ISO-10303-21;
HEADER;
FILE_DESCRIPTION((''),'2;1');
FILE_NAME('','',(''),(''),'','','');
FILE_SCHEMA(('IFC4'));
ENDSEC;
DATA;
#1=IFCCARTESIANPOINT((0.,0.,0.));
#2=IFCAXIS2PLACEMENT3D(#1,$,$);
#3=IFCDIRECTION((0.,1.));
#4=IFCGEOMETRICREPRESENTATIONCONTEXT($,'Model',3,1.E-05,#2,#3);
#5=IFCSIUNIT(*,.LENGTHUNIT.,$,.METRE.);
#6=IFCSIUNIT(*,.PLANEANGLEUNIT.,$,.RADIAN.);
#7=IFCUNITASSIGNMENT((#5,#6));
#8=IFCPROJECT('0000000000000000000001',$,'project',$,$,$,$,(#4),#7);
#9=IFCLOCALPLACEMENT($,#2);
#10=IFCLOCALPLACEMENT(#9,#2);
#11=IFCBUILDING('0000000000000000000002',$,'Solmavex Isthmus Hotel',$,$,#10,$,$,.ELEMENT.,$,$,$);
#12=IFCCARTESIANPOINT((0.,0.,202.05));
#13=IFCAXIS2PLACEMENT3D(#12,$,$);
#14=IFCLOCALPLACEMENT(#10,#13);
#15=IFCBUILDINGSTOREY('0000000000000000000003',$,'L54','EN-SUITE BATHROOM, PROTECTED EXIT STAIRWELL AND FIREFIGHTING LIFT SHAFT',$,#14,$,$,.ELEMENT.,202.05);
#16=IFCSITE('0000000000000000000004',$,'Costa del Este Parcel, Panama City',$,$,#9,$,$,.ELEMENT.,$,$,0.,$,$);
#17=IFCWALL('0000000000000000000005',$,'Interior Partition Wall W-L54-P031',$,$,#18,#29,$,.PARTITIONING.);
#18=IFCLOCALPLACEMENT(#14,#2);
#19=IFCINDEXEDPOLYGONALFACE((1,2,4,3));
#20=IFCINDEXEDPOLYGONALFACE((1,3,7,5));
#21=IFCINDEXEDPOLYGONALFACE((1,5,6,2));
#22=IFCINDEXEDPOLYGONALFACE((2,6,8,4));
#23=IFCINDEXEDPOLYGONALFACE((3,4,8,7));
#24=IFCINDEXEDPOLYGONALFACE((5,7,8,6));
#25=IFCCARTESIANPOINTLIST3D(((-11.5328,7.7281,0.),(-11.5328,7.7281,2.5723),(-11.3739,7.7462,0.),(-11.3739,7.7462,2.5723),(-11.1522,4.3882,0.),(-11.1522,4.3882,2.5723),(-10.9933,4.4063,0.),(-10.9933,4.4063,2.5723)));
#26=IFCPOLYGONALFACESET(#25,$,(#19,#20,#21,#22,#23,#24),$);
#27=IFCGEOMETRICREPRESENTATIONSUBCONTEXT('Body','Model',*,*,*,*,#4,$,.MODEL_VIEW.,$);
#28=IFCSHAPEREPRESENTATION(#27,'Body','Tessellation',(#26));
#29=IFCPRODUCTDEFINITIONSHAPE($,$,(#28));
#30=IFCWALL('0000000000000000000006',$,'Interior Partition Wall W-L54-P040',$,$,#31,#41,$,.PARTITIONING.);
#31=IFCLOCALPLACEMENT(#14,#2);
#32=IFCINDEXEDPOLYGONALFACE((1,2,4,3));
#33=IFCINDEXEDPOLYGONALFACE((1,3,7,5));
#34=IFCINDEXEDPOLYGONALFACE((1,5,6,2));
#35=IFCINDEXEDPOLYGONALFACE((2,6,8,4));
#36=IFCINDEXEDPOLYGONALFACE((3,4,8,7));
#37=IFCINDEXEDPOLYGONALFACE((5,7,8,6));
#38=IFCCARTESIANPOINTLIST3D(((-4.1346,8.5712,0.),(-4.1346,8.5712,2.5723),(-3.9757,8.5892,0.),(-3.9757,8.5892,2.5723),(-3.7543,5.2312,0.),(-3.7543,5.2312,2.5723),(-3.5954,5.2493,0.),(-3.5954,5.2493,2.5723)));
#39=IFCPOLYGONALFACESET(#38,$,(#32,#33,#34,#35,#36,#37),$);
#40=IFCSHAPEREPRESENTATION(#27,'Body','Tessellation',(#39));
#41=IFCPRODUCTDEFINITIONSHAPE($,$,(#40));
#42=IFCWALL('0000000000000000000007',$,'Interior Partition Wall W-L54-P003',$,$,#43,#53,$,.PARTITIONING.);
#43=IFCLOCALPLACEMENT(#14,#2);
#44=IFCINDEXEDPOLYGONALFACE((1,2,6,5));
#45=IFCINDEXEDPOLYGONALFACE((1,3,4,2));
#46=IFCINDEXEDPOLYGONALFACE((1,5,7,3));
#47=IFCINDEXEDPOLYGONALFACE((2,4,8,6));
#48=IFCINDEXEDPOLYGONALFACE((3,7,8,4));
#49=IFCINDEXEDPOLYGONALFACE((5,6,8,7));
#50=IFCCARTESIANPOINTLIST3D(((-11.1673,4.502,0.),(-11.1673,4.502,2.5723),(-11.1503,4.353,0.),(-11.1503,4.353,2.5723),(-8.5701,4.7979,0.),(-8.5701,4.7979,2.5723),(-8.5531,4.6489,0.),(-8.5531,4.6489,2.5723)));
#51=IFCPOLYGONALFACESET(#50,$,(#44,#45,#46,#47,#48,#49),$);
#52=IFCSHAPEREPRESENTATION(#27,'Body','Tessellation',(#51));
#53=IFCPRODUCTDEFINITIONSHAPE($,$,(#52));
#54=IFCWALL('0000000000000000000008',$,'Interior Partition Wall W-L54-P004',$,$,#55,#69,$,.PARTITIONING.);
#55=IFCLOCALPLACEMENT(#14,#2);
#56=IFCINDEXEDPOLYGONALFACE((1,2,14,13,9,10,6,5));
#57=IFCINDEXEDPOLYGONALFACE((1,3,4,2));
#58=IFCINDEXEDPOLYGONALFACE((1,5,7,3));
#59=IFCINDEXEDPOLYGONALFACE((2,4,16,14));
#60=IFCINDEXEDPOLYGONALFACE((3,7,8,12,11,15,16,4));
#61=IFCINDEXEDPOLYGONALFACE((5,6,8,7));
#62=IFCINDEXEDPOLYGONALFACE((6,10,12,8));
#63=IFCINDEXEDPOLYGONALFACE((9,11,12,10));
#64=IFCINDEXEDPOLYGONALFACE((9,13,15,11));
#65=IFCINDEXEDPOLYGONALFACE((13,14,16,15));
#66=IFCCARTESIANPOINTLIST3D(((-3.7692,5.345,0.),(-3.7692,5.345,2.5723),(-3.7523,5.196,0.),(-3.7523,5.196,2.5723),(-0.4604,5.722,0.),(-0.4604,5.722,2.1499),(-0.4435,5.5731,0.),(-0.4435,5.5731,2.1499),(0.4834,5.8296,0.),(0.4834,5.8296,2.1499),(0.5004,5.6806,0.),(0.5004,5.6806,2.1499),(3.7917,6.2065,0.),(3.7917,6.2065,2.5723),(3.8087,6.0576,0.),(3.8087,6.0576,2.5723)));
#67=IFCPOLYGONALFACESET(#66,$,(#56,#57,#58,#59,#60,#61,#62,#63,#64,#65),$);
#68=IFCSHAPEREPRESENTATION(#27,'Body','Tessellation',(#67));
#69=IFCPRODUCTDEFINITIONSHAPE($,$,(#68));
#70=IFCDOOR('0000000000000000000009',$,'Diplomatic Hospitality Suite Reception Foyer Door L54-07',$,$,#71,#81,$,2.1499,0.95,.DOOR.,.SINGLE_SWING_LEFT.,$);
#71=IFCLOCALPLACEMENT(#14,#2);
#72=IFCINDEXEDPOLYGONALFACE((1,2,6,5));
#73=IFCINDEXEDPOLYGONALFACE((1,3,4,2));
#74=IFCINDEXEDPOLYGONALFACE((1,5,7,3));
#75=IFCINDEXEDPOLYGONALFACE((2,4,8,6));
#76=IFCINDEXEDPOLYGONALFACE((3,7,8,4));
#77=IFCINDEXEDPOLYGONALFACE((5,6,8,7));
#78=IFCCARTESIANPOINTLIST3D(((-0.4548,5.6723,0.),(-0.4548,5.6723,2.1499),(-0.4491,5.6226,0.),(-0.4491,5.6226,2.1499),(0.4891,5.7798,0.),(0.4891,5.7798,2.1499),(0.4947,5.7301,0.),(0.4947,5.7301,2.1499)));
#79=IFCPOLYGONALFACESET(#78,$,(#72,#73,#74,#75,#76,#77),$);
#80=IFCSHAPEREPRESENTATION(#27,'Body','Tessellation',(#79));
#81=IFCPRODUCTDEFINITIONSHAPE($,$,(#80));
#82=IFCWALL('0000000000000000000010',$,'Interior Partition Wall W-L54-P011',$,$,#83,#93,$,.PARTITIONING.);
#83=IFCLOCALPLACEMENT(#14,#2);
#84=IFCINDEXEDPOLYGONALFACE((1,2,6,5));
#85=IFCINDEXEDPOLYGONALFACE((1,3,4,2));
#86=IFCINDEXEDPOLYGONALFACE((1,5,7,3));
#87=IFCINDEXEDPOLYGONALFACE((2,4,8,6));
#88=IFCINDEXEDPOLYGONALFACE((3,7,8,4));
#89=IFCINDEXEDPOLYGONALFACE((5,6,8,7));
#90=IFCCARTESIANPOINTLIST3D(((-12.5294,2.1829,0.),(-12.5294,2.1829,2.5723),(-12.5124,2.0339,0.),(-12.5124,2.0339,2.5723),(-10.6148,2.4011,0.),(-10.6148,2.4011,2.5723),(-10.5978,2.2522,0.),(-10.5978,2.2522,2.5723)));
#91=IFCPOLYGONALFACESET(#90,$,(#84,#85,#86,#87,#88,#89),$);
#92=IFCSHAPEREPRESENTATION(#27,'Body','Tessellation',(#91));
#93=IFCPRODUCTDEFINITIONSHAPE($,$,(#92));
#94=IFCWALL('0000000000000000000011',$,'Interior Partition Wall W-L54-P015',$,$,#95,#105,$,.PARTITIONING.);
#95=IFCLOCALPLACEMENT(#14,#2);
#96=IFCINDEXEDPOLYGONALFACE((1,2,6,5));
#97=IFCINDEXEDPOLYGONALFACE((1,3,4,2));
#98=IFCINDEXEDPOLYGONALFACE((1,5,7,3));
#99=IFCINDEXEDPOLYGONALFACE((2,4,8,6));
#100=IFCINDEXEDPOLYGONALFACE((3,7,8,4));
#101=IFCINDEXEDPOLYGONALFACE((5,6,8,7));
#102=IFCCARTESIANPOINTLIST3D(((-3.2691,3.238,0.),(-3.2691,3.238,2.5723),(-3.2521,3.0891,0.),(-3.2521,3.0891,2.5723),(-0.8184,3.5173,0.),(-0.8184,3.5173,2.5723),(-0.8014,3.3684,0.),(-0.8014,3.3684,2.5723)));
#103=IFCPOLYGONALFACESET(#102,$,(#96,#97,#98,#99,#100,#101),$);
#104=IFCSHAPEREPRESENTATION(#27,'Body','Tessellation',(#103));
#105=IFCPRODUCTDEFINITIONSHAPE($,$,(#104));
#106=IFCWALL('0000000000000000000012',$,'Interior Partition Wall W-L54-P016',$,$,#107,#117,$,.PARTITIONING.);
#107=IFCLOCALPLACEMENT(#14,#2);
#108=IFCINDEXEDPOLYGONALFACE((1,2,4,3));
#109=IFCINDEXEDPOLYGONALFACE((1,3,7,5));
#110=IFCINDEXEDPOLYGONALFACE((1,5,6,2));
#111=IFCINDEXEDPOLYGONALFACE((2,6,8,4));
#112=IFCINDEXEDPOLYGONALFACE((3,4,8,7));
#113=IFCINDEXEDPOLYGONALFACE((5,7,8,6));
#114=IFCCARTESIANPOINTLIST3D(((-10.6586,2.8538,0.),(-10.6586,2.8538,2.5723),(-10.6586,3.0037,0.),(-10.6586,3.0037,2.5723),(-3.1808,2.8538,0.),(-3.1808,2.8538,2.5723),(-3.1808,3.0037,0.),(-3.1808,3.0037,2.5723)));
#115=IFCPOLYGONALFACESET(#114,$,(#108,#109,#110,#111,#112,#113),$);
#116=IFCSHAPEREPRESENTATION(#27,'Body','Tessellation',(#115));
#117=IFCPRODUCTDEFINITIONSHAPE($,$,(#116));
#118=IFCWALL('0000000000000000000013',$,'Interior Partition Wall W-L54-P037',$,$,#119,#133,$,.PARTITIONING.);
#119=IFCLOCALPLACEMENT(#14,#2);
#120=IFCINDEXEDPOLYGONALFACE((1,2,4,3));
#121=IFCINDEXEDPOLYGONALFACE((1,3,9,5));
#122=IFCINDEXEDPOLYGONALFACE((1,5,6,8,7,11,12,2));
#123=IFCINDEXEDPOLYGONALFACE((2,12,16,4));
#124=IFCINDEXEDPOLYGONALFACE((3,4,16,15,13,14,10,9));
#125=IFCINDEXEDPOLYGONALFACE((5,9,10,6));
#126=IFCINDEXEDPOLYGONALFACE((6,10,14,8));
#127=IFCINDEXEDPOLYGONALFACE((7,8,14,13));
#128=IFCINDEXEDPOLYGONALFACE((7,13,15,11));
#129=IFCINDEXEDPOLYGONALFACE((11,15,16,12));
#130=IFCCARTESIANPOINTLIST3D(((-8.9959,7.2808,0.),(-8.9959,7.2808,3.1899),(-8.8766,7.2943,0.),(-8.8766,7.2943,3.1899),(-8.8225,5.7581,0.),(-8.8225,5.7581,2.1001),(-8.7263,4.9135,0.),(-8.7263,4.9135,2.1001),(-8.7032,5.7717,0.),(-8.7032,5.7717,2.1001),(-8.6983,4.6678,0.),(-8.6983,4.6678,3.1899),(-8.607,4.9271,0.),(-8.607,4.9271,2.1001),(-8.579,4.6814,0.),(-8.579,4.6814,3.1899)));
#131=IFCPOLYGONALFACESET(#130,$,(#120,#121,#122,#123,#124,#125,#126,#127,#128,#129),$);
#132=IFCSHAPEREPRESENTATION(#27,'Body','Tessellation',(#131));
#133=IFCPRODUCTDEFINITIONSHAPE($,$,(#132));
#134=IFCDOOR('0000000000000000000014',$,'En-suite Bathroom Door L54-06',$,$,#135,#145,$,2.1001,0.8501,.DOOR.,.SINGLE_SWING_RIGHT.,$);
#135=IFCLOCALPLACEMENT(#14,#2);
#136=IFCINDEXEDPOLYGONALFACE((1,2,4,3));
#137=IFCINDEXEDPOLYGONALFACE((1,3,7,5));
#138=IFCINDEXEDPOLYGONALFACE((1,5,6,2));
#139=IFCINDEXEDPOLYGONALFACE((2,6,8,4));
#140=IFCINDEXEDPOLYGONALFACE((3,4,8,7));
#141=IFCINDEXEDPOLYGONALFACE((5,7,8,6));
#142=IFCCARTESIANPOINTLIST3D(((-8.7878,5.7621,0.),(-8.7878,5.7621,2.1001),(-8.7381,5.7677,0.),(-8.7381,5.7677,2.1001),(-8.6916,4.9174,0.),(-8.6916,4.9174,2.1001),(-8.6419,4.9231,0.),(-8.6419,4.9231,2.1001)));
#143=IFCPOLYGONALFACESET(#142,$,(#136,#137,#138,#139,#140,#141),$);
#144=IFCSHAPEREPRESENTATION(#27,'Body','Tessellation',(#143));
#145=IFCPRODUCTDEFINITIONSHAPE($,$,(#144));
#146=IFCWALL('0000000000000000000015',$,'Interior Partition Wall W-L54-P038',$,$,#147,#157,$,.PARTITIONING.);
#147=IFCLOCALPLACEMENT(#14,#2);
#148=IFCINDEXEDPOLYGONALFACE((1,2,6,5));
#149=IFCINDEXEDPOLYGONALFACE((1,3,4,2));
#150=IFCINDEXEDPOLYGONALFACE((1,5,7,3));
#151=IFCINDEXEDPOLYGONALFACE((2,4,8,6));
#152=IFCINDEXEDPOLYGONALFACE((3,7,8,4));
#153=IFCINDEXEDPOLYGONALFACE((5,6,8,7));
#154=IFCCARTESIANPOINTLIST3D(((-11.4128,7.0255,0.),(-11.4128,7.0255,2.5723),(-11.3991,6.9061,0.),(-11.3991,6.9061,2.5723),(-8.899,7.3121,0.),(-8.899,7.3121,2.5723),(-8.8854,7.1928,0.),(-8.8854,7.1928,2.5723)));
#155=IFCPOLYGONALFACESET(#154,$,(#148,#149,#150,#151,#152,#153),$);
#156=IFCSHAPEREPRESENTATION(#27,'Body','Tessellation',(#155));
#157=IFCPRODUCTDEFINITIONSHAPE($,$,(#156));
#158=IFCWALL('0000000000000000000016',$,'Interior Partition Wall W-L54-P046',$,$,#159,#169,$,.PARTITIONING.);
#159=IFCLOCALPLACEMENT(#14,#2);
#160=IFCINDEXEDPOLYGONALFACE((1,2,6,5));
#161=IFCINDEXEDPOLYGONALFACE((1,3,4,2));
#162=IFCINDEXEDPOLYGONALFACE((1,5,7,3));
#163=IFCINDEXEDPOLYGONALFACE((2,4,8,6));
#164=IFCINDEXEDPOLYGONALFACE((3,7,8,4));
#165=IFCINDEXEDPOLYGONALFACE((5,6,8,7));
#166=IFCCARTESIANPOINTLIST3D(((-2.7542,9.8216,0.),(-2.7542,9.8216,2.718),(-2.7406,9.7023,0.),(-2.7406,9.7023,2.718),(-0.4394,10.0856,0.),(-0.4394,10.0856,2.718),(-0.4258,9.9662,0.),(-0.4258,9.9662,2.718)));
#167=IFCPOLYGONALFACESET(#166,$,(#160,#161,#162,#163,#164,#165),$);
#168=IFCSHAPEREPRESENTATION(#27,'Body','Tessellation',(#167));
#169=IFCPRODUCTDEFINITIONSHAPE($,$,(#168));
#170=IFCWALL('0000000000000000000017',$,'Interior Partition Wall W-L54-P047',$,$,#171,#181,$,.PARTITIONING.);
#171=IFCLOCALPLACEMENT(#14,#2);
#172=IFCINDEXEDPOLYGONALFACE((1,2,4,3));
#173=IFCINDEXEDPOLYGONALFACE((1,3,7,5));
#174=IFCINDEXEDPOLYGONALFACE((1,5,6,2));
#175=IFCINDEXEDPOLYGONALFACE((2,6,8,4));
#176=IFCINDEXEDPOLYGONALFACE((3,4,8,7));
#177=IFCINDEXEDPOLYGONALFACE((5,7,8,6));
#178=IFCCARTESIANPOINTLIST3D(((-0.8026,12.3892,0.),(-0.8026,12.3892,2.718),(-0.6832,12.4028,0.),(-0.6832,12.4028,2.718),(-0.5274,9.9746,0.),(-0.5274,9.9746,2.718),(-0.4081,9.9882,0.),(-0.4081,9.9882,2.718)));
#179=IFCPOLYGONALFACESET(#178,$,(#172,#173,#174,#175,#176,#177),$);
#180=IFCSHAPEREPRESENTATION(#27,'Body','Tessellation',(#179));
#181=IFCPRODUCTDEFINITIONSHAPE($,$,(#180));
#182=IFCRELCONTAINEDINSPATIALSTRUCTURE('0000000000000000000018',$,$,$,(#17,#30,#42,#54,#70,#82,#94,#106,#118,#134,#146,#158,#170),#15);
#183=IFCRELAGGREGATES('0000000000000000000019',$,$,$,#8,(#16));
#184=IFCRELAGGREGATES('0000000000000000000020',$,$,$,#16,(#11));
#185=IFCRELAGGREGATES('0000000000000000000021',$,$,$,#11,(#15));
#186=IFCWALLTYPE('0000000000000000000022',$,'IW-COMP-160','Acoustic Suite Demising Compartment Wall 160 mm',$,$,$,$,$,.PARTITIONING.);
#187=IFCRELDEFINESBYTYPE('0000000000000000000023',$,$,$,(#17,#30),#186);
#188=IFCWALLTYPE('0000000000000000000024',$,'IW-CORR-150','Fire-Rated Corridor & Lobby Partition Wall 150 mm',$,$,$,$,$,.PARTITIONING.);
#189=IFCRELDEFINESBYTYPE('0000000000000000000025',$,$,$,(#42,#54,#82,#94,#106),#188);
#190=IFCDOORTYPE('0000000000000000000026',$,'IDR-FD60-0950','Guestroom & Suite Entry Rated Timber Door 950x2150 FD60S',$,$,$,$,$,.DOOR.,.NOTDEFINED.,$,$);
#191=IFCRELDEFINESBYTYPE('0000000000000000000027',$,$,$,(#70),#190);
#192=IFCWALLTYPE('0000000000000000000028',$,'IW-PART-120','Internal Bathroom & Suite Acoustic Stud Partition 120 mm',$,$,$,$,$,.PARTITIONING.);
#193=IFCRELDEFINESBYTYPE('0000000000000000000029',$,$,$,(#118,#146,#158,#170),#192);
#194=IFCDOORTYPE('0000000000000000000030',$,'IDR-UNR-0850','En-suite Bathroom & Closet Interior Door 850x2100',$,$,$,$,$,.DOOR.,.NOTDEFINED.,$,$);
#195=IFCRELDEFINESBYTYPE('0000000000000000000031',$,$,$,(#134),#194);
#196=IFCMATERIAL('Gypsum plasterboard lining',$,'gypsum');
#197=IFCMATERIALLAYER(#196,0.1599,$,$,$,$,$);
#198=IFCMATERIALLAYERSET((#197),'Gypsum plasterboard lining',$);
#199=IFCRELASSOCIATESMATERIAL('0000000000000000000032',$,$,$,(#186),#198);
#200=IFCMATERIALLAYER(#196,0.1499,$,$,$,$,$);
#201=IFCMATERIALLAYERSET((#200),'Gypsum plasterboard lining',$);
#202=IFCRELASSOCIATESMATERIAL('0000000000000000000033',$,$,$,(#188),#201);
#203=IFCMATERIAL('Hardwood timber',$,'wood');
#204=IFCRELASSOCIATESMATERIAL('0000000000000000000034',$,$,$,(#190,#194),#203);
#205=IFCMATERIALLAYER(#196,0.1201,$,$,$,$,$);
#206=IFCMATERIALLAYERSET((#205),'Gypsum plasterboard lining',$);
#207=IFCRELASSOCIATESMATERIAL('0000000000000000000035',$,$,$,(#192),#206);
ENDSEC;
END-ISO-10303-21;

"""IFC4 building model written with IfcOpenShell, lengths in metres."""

from ifc_helpers import new_model, si_unit, direction, frame, frame_2d, origin, place, context, subcontext, project, spatial, rectangle, extrude, material, layer, layer_set, type_object, element, fill, save


model = new_model("IFC4")

# Units and contexts
model_context = context("Model", 3, precision=1e-05, world=origin(), true_north=direction((0.0, 1.0)))
body_context = subcontext(model_context, "Body", "Model", "MODEL_VIEW")
ifc_project = project(units=[si_unit("LENGTHUNIT", "METRE"), si_unit("PLANEANGLEUNIT", "RADIAN")], contexts=[model_context])

# Site, building, storey
site_placement = place(None, origin())
site = spatial("IfcSite", under=ifc_project, at=site_placement, Name="Costa del Este Parcel, Panama City", CompositionType="ELEMENT", RefElevation=0.0)
building_placement = place(site_placement, origin())
building = spatial("IfcBuilding", under=site, at=building_placement, Name="Solmavex Isthmus Hotel", CompositionType="ELEMENT")
storey_placement = place(building_placement, frame((0.0, 0.0, 202.05)))
storey = spatial("IfcBuildingStorey", under=building, at=storey_placement, Name="L54", Description="EN-SUITE BATHROOM, PROTECTED EXIT STAIRWELL AND FIREFIGHTING LIFT SHAFT", CompositionType="ELEMENT", Elevation=202.05)

# Walls
ifc_material_1 = material(Name="Gypsum plasterboard lining", Category="gypsum")
ifc_layer_1 = layer(ifc_material_1, 0.1599)
ifc_layer_set_1 = layer_set([ifc_layer_1], Name="Gypsum plasterboard lining")
wall_type_1 = type_object("IfcWallType", Name="IW-COMP-160", Description="Acoustic Suite Demising Compartment Wall 160 mm", PredefinedType="PARTITIONING", material=ifc_layer_set_1)
for number, where, z_axis, x_axis, name in (
    (1, (-11.4534, 7.7371, 0.0), (0.0, 0.0, 1.0), (0.113229, -0.993569, 0.0), "Interior Partition Wall W-L54-P031"),
    (2, (-4.0552, 8.5801, 0.0), (0.0, 0.0, 1.0), (0.113149, -0.993578, 0.0), "Interior Partition Wall W-L54-P040"),
):
    element("IfcWall", number, at=place(storey_placement, frame(where, z_axis=z_axis, x_axis=x_axis)), inside=storey, type_object=wall_type_1, Name=name, PredefinedType="PARTITIONING", context=body_context, shape_type="SweptSolid", body=[
        extrude(rectangle(XDim=3.3616, YDim=0.1599, at=frame_2d((1.6807, 0.0))), origin(), (0.0, 0.0, 1.0), 2.5723),
    ])

# Shared definitions
ifc_layer_2 = layer(ifc_material_1, 0.1499)
ifc_layer_set_2 = layer_set([ifc_layer_2], Name="Gypsum plasterboard lining")
wall_type_2 = type_object("IfcWallType", Name="IW-CORR-150", Description="Fire-Rated Corridor & Lobby Partition Wall 150 mm", PredefinedType="PARTITIONING", material=ifc_layer_set_2)
ifc_material_2 = material(Name="Hardwood timber", Category="wood")
door_type_1 = type_object("IfcDoorType", Name="IDR-FD60-0950", Description="Guestroom & Suite Entry Rated Timber Door 950x2150 FD60S", OperationType="NOTDEFINED", PredefinedType="DOOR", material=ifc_material_2)

# Wall
wall_1_placement = place(storey_placement, frame((-11.1589, 4.4275, 0.0), z_axis=(0.0, 0.0, 1.0), x_axis=(0.993572, 0.113199, 0.0)))
element("IfcWall", 3, at=wall_1_placement, inside=storey, type_object=wall_type_2, Name="Interior Partition Wall W-L54-P003", PredefinedType="PARTITIONING", context=body_context, shape_type="SweptSolid", body=[
    extrude(rectangle(XDim=2.614, YDim=0.1499, at=frame_2d((1.3071, 0.0))), origin(), (0.0, 0.0, 1.0), 2.5723),
])

# Wall, opening, door
wall_2_placement = place(storey_placement, frame((-3.7607, 5.2705, 0.0), z_axis=(0.0, 0.0, 1.0), x_axis=(0.99357, 0.113216, 0.0)))
wall_2 = element("IfcWall", 4, at=wall_2_placement, inside=storey, type_object=wall_type_2, Name="Interior Partition Wall W-L54-P004", PredefinedType="PARTITIONING", context=body_context, shape_type="SweptSolid", body=[
    extrude(rectangle(XDim=7.6099, YDim=0.1499, at=frame_2d((3.8049, 0.0))), origin(), (0.0, 0.0, 1.0), 2.5723),
])
opening_1_placement = place(wall_2_placement, frame((3.3301, 0.0, 0.0)))
opening_1 = element("IfcOpeningElement", 5, at=opening_1_placement, cuts=wall_2, PredefinedType="OPENING", context=body_context, shape_type="SweptSolid", body=[
    extrude(rectangle(XDim=0.95, YDim=2.1499, at=frame_2d((0.4751, 1.075))), frame((0.0, 0.085, 0.0), z_axis=(0.0, -1.0, 0.0), x_axis=(1.0, 0.0, 0.0)), (0.0, 0.0, 1.0), 0.1699),
])
door_1_placement = place(opening_1_placement, origin())
door_1 = element("IfcDoor", 6, at=door_1_placement, inside=storey, type_object=door_type_1, Name="Diplomatic Hospitality Suite Reception Foyer Door L54-07", OperationType="SINGLE_SWING_LEFT", OverallHeight=2.1499, OverallWidth=0.95, PredefinedType="DOOR", context=body_context, shape_type="SweptSolid", body=[
    extrude(rectangle(XDim=0.95, YDim=2.1499, at=frame_2d((0.4751, 1.075))), frame((0.0, 0.0249, 0.0), z_axis=(0.0, -1.0, 0.0), x_axis=(1.0, 0.0, 0.0)), (0.0, 0.0, 1.0), 0.05),
])
fill(opening_1, door_1)

# Walls
wall_3_placement = place(storey_placement, frame((-10.6064, 2.3267, 0.0), z_axis=(0.0, 0.0, 1.0), x_axis=(-0.993564, -0.113268, 0.0)))
element("IfcWall", 7, at=wall_3_placement, inside=storey, type_object=wall_type_2, Name="Interior Partition Wall W-L54-P011", PredefinedType="PARTITIONING", context=body_context, shape_type="SweptSolid", body=[
    extrude(rectangle(XDim=1.927, YDim=0.1499, at=frame_2d((0.9634, 0.0))), origin(), (0.0, 0.0, 1.0), 2.5723),
])
wall_4_placement = place(storey_placement, frame((-0.8098, 3.4429, 0.0), z_axis=(0.0, 0.0, 1.0), x_axis=(-0.993568, -0.113234, 0.0)))
element("IfcWall", 8, at=wall_4_placement, inside=storey, type_object=wall_type_2, Name="Interior Partition Wall W-L54-P015", PredefinedType="PARTITIONING", context=body_context, shape_type="SweptSolid", body=[
    extrude(rectangle(XDim=2.4666, YDim=0.1499, at=frame_2d((1.2334, 0.0))), origin(), (0.0, 0.0, 1.0), 2.5723),
])
wall_5_placement = place(storey_placement, frame((-3.1809, 2.9287, 0.0), z_axis=(0.0, 0.0, 1.0), x_axis=(-1.0, 0.0, 0.0)))
element("IfcWall", 9, at=wall_5_placement, inside=storey, type_object=wall_type_2, Name="Interior Partition Wall W-L54-P016", PredefinedType="PARTITIONING", context=body_context, shape_type="SweptSolid", body=[
    extrude(rectangle(XDim=7.4778, YDim=0.1499, at=frame_2d((3.7388, 0.0))), origin(), (0.0, 0.0, 1.0), 2.5723),
])

# Wall, opening, door
ifc_layer_3 = layer(ifc_material_1, 0.1201)
ifc_layer_set_3 = layer_set([ifc_layer_3], Name="Gypsum plasterboard lining")
wall_type_3 = type_object("IfcWallType", Name="IW-PART-120", Description="Internal Bathroom & Suite Acoustic Stud Partition 120 mm", PredefinedType="PARTITIONING", material=ifc_layer_set_3)
wall_6_placement = place(storey_placement, frame((-8.6387, 4.6746, 0.0), z_axis=(0.0, 0.0, 1.0), x_axis=(-0.113162, 0.993577, 0.0)))
wall_6 = element("IfcWall", 10, at=wall_6_placement, inside=storey, type_object=wall_type_3, Name="Interior Partition Wall W-L54-P037", PredefinedType="PARTITIONING", context=body_context, shape_type="SweptSolid", body=[
    extrude(rectangle(XDim=2.6299, YDim=0.1201, at=frame_2d((1.3149, 0.0))), origin(), (0.0, 0.0, 1.0), 3.1899),
])
opening_2_placement = place(wall_6_placement, frame((0.2473, 0.0, 0.0)))
opening_2 = element("IfcOpeningElement", 11, at=opening_2_placement, cuts=wall_6, PredefinedType="OPENING", context=body_context, shape_type="SweptSolid", body=[
    extrude(rectangle(XDim=0.8501, YDim=2.1001, at=frame_2d((0.425, 1.05))), frame((0.0, 0.0701, 0.0), z_axis=(0.0, -1.0, 0.0), x_axis=(1.0, 0.0, 0.0)), (0.0, 0.0, 1.0), 0.1401),
])
door_type_2 = type_object("IfcDoorType", Name="IDR-UNR-0850", Description="En-suite Bathroom & Closet Interior Door 850x2100", OperationType="NOTDEFINED", PredefinedType="DOOR", material=ifc_material_2)
door_2_placement = place(opening_2_placement, frame((0.8501, 0.0, 0.0), z_axis=(0.0, 0.0, 1.0), x_axis=(-1.0, 0.0, 0.0)))
door_2 = element("IfcDoor", 12, at=door_2_placement, inside=storey, type_object=door_type_2, Name="En-suite Bathroom Door L54-06", OperationType="SINGLE_SWING_RIGHT", OverallHeight=2.1001, OverallWidth=0.8501, PredefinedType="DOOR", context=body_context, shape_type="SweptSolid", body=[
    extrude(rectangle(XDim=0.8501, YDim=2.1001, at=frame_2d((0.425, 1.05))), frame((0.0, 0.0249, 0.0), z_axis=(0.0, -1.0, 0.0), x_axis=(1.0, 0.0, 0.0)), (0.0, 0.0, 1.0), 0.05),
])
fill(opening_2, door_2)

# Walls
wall_7_placement = place(storey_placement, frame((-8.8921, 7.2524, 0.0), z_axis=(0.0, 0.0, 1.0), x_axis=(-0.993562, -0.113291, 0.0)))
element("IfcWall", 13, at=wall_7_placement, inside=storey, type_object=wall_type_3, Name="Interior Partition Wall W-L54-P038", PredefinedType="PARTITIONING", context=body_context, shape_type="SweptSolid", body=[
    extrude(rectangle(XDim=2.53, YDim=0.1201, at=frame_2d((1.2651, 0.0))), origin(), (0.0, 0.0, 1.0), 2.5723),
])
wall_8_placement = place(storey_placement, frame((-2.7476, 9.762, 0.0), z_axis=(0.0, 0.0, 1.0), x_axis=(0.993564, 0.113272, 0.0)))
element("IfcWall", 14, at=wall_8_placement, inside=storey, type_object=wall_type_3, Name="Interior Partition Wall W-L54-P046", PredefinedType="PARTITIONING", context=body_context, shape_type="SweptSolid", body=[
    extrude(rectangle(XDim=2.3298, YDim=0.1201, at=frame_2d((1.165, 0.0))), origin(), (0.0, 0.0, 1.0), 2.718),
])
wall_9_placement = place(storey_placement, frame((-0.4678, 9.9814, 0.0), z_axis=(0.0, 0.0, 1.0), x_axis=(-0.113221, 0.99357, 0.0)))
element("IfcWall", 15, at=wall_9_placement, inside=storey, type_object=wall_type_3, Name="Interior Partition Wall W-L54-P047", PredefinedType="PARTITIONING", context=body_context, shape_type="SweptSolid", body=[
    extrude(rectangle(XDim=2.4302, YDim=0.1201, at=frame_2d((1.2151, 0.0))), origin(), (0.0, 0.0, 1.0), 2.718),
])

save(model, "model.ifc")
